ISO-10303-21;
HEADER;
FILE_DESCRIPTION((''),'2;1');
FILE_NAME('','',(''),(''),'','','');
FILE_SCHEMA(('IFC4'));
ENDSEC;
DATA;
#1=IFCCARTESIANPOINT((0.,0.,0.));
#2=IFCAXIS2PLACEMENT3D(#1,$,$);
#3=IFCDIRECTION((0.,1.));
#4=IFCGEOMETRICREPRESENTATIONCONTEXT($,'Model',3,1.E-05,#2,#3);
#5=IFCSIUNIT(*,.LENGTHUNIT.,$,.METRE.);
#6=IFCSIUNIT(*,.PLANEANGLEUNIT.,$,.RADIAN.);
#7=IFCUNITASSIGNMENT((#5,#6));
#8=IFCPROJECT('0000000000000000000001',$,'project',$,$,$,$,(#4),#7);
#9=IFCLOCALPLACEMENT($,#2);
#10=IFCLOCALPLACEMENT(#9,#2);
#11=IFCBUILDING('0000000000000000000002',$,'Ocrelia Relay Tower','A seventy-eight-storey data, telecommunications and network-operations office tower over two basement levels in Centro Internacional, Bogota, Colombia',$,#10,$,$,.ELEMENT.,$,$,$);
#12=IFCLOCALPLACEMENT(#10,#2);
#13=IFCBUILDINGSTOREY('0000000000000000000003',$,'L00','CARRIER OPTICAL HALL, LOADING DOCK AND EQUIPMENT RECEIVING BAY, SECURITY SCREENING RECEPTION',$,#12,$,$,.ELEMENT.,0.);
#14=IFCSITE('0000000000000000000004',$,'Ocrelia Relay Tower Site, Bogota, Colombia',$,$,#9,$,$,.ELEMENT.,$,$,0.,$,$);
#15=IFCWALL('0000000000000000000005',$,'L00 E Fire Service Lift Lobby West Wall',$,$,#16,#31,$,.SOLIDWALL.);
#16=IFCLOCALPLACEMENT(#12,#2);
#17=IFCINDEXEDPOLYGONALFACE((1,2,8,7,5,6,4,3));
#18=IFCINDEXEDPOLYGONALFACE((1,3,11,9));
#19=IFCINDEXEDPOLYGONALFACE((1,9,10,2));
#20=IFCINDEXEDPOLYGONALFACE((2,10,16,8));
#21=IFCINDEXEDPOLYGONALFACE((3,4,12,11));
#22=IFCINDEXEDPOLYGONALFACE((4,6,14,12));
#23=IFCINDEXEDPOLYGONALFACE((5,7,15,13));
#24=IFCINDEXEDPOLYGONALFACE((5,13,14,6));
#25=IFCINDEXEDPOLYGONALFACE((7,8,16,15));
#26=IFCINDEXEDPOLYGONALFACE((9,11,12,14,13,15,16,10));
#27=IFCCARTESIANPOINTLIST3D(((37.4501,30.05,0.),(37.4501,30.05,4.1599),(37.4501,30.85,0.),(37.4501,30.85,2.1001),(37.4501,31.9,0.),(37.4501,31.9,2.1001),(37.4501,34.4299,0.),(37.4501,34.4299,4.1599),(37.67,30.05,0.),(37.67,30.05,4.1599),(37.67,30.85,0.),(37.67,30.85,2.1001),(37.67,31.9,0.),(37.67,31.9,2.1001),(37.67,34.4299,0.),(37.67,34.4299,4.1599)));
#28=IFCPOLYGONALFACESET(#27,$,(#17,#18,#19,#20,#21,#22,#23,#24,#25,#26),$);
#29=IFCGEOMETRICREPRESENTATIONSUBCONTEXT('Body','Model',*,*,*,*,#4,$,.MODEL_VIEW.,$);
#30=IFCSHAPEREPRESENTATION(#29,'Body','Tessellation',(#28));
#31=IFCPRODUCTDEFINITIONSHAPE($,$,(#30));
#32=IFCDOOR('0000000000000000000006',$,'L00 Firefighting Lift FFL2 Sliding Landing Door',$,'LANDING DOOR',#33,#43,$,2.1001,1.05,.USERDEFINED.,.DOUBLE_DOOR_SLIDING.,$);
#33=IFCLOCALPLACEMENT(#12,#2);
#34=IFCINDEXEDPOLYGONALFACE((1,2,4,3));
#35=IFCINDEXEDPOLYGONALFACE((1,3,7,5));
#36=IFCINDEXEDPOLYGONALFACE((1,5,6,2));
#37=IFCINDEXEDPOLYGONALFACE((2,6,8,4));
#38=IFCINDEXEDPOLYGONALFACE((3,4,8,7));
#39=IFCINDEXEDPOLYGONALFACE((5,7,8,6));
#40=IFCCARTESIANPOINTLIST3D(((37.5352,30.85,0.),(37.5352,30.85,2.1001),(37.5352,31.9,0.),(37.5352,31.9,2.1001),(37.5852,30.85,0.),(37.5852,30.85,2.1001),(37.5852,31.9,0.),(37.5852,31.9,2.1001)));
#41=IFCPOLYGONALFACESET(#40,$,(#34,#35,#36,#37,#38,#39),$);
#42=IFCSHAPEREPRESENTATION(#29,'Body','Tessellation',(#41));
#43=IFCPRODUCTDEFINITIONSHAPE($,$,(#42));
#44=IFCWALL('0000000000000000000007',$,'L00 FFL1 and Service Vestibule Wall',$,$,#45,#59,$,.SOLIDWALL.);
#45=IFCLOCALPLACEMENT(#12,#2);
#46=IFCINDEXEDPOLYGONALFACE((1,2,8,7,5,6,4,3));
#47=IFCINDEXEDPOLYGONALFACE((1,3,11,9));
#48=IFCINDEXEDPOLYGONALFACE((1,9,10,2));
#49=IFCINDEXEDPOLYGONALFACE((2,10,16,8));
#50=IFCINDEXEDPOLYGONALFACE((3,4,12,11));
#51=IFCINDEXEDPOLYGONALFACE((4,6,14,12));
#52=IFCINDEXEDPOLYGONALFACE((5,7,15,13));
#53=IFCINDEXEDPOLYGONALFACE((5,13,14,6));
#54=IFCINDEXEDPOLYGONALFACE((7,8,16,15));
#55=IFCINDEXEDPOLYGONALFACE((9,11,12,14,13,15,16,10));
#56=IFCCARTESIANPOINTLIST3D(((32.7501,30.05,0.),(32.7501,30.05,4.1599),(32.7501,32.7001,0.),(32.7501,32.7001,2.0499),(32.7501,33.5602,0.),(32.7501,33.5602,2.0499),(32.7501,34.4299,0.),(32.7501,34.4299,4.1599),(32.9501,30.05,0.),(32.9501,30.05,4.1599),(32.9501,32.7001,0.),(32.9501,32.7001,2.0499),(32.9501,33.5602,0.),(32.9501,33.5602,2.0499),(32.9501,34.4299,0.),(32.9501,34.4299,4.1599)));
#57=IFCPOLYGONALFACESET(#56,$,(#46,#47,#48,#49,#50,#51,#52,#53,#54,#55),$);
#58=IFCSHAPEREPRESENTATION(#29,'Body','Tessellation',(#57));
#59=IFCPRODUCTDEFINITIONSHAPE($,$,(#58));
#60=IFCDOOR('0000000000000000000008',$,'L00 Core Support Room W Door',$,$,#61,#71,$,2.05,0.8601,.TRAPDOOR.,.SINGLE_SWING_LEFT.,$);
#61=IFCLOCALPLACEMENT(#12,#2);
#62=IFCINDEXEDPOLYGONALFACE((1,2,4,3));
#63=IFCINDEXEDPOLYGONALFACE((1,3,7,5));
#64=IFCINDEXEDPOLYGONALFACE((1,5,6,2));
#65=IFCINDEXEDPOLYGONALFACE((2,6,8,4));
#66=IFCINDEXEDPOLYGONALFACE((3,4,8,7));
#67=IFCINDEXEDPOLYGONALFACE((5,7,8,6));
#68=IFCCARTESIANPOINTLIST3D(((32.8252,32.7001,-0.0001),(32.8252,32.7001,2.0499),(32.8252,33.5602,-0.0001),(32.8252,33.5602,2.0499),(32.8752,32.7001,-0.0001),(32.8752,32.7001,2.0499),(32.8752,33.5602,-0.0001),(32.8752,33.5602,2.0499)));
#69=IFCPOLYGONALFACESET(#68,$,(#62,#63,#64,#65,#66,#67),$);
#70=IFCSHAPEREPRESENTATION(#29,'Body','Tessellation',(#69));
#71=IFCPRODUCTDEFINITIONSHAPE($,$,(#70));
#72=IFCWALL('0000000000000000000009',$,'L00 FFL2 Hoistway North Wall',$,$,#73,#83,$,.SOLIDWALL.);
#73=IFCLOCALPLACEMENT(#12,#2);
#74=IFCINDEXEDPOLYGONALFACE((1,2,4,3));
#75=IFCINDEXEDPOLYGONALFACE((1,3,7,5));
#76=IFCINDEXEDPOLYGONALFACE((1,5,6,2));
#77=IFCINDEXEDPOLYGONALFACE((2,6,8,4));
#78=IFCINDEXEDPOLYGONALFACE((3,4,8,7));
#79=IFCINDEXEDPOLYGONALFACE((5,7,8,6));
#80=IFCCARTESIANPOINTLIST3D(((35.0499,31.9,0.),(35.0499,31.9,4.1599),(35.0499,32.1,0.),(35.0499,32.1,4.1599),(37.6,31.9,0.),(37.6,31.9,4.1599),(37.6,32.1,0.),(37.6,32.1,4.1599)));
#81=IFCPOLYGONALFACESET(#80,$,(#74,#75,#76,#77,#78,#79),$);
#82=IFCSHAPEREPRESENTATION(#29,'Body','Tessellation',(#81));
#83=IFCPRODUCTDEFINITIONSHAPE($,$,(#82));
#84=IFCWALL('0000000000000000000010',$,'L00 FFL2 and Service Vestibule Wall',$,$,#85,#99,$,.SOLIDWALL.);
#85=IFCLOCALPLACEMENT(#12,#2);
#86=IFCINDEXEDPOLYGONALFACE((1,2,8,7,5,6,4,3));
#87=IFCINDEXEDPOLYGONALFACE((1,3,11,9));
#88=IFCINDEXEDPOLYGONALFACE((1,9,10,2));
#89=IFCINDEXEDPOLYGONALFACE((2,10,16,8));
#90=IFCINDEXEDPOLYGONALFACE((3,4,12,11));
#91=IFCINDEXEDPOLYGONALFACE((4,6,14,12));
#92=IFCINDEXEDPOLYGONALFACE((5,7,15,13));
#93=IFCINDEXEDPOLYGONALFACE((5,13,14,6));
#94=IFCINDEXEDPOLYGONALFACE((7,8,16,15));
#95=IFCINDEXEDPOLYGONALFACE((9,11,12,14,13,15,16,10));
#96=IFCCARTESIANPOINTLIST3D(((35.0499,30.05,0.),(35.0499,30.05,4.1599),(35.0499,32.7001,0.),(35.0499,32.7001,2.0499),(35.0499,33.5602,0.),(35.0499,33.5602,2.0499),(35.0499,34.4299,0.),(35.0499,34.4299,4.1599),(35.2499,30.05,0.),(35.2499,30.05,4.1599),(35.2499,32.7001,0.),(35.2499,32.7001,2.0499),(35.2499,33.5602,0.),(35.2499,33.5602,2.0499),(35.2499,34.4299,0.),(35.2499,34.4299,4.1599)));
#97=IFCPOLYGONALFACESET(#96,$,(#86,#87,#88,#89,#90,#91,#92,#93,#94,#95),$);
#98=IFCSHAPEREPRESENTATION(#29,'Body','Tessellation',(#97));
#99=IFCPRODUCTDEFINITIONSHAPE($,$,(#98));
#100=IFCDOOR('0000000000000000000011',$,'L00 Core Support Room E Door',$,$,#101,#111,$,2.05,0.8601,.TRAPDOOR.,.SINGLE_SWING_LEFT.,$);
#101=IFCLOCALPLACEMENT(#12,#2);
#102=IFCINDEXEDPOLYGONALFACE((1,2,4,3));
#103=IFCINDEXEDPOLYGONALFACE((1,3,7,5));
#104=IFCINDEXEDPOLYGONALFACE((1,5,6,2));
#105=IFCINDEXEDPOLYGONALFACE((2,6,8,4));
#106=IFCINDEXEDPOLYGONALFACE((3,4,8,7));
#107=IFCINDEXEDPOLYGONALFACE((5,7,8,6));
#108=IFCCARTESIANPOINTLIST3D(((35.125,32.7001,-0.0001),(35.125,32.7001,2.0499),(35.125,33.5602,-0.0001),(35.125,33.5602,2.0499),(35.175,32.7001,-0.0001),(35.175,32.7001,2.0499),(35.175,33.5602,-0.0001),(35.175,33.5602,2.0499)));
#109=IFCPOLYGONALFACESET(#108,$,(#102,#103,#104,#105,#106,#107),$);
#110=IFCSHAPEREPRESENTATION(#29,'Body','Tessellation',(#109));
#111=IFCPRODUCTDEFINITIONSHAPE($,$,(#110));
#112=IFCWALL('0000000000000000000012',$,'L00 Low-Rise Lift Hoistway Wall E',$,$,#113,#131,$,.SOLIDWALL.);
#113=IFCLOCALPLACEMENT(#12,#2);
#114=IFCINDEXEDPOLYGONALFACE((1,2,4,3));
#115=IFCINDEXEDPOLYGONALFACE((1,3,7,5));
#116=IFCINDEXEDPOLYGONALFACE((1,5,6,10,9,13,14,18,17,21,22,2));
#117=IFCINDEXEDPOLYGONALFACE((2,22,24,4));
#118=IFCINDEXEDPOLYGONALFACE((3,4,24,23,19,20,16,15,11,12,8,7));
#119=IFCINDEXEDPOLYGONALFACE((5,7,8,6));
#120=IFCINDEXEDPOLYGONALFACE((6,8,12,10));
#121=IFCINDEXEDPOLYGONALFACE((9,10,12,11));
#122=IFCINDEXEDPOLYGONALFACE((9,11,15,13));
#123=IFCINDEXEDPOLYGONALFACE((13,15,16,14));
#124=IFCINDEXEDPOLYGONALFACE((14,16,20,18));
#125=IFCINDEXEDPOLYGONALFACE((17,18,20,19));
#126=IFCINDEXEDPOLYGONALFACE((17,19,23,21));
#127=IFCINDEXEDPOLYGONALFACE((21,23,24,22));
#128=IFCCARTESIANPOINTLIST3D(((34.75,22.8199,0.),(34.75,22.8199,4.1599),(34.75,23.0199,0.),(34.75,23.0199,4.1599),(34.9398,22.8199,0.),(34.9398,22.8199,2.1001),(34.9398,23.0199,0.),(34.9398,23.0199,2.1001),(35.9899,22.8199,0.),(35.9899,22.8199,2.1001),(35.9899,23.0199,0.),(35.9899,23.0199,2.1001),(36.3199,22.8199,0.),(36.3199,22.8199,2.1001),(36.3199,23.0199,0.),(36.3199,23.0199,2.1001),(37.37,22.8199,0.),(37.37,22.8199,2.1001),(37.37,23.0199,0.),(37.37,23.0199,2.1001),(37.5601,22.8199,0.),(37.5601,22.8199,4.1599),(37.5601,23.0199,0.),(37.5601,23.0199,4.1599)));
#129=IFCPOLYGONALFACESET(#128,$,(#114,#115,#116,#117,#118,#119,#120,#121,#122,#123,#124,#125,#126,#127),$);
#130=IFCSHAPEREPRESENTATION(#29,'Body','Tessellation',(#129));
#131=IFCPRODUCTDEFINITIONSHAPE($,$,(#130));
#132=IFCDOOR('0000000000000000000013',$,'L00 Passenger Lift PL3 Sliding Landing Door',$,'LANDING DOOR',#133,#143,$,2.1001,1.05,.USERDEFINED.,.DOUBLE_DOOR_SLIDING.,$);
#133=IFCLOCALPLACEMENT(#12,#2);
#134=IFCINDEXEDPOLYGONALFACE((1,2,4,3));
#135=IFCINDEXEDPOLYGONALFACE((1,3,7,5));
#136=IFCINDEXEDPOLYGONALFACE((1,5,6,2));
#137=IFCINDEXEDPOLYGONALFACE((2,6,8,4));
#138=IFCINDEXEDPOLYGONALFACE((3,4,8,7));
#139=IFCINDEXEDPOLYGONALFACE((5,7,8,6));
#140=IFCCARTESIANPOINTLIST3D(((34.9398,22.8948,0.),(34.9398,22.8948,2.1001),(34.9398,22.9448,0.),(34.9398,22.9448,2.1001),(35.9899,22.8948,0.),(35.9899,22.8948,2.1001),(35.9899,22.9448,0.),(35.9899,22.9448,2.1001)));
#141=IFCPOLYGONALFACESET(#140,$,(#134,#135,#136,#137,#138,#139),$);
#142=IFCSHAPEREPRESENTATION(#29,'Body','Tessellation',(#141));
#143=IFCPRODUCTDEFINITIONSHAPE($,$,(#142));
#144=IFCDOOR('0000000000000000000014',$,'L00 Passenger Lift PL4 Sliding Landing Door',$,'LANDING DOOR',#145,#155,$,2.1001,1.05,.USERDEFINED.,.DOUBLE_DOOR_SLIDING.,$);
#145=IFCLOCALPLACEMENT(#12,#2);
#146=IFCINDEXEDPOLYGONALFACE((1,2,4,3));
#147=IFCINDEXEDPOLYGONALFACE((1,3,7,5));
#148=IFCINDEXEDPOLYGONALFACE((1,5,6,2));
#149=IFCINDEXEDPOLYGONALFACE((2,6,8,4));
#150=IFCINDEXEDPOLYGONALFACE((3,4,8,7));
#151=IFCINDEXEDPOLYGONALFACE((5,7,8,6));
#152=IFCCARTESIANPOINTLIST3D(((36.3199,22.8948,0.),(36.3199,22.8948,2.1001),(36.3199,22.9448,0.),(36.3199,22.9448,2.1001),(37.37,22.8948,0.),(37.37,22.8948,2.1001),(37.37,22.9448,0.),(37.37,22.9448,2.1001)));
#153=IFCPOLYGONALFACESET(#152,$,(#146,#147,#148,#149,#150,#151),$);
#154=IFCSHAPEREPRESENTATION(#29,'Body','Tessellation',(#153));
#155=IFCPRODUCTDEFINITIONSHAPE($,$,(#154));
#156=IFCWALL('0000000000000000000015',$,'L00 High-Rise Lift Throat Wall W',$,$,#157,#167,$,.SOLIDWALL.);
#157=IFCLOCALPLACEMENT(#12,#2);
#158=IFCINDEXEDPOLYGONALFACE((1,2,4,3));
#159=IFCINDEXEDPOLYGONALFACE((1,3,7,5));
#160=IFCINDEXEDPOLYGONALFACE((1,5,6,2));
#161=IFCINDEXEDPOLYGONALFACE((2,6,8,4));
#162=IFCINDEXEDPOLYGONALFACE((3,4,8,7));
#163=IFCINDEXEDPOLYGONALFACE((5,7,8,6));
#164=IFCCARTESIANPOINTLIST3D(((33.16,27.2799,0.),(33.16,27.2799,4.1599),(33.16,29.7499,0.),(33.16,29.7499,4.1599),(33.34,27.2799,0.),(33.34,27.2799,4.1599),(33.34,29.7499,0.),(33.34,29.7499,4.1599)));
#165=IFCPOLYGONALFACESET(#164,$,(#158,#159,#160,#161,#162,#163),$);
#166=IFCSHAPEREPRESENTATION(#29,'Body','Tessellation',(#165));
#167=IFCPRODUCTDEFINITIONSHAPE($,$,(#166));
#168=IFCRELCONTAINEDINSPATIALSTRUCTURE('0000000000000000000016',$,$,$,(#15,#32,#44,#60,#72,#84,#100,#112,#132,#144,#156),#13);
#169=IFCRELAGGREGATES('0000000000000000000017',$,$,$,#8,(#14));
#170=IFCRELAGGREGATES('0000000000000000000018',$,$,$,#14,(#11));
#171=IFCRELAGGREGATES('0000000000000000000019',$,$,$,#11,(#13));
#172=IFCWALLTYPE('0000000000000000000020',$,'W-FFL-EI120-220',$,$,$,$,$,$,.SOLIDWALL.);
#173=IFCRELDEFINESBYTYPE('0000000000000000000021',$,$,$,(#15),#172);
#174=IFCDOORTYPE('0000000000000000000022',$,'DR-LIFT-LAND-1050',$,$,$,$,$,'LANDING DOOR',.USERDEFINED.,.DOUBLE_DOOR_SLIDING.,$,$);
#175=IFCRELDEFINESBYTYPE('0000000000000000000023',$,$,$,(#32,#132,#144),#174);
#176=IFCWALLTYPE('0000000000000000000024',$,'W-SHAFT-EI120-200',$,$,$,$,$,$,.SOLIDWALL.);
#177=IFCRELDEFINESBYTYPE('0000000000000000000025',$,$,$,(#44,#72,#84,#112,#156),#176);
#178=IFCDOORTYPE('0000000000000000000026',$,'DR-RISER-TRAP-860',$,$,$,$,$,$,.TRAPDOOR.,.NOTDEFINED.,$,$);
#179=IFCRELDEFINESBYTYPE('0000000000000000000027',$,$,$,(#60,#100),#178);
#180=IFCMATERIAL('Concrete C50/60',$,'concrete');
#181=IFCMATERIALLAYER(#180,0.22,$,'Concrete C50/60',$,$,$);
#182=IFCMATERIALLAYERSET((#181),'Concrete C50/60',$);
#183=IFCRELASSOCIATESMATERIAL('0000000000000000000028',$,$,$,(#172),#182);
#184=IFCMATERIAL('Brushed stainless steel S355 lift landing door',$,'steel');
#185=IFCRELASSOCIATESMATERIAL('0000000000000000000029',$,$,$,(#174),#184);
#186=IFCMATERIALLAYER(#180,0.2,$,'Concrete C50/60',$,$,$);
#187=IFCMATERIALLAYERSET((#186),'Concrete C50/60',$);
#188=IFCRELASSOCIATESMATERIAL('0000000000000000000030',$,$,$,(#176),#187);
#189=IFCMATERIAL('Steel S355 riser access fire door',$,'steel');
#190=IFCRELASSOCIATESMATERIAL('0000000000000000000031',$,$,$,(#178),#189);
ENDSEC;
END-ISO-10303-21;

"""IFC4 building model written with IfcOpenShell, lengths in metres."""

from ifc_helpers import new_model, si_unit, direction, frame, frame_2d, origin, place, context, subcontext, project, spatial, rectangle, extrude, material, layer, layer_set, type_object, element, fill, save


model = new_model("IFC4")

# Units and contexts
model_context = context("Model", 3, precision=1e-05, world=origin(), true_north=direction((0.0, 1.0)))
body_context = subcontext(model_context, "Body", "Model", "MODEL_VIEW")
ifc_project = project(units=[si_unit("LENGTHUNIT", "METRE"), si_unit("PLANEANGLEUNIT", "RADIAN")], contexts=[model_context])

# Site, building, storey
site_placement = place(None, origin())
site = spatial("IfcSite", under=ifc_project, at=site_placement, Name="Ocrelia Relay Tower Site, Bogota, Colombia", CompositionType="ELEMENT", RefElevation=0.0)
building_placement = place(site_placement, origin())
building = spatial("IfcBuilding", under=site, at=building_placement, Name="Ocrelia Relay Tower", Description="A seventy-eight-storey data, telecommunications and network-operations office tower over two basement levels in Centro Internacional, Bogota, Colombia", CompositionType="ELEMENT")
storey_placement = place(building_placement, origin())
storey = spatial("IfcBuildingStorey", under=building, at=storey_placement, Name="L00", Description="CARRIER OPTICAL HALL, LOADING DOCK AND EQUIPMENT RECEIVING BAY, SECURITY SCREENING RECEPTION", CompositionType="ELEMENT", Elevation=0.0)

# Walls, openings, doors
ifc_material_1 = material(Name="Concrete C50/60", Category="concrete")
ifc_layer_1 = layer(ifc_material_1, 0.22, Name="Concrete C50/60")
ifc_layer_set_1 = layer_set([ifc_layer_1], Name="Concrete C50/60")
wall_type_1 = type_object("IfcWallType", Name="W-FFL-EI120-220", PredefinedType="SOLIDWALL", material=ifc_layer_set_1)
wall_1_placement = place(storey_placement, frame((37.5601, 30.05, 0.0), z_axis=(0.0, 0.0, 1.0), x_axis=(0.0, 1.0, 0.0)))
wall_1 = element("IfcWall", 1, at=wall_1_placement, inside=storey, type_object=wall_type_1, Name="L00 E Fire Service Lift Lobby West Wall", PredefinedType="SOLIDWALL", context=body_context, shape_type="SweptSolid", body=[
    extrude(rectangle(XDim=4.3799, YDim=0.22, at=frame_2d((2.1899, 0.0))), origin(), (0.0, 0.0, 1.0), 4.1599),
])
opening_1_placement = place(wall_1_placement, frame((0.8, 0.0, 0.0)))
opening_1 = element("IfcOpeningElement", 2, at=opening_1_placement, cuts=wall_1, PredefinedType="OPENING", context=body_context, shape_type="SweptSolid", body=[
    extrude(rectangle(XDim=1.05, YDim=2.1001, at=frame_2d((0.5249, 1.05))), frame((0.0, 0.1201, 0.0), z_axis=(0.0, -1.0, 0.0), x_axis=(1.0, 0.0, 0.0)), (0.0, 0.0, 1.0), 0.24),
])
ifc_material_2 = material(Name="Brushed stainless steel S355 lift landing door", Category="steel")
door_type_1 = type_object("IfcDoorType", Name="DR-LIFT-LAND-1050", ElementType="LANDING DOOR", OperationType="DOUBLE_DOOR_SLIDING", PredefinedType="USERDEFINED", material=ifc_material_2)
door_1_placement = place(opening_1_placement, origin())
door_1 = element("IfcDoor", 3, at=door_1_placement, inside=storey, type_object=door_type_1, Name="L00 Firefighting Lift FFL2 Sliding Landing Door", ObjectType="LANDING DOOR", OperationType="DOUBLE_DOOR_SLIDING", OverallHeight=2.1001, OverallWidth=1.05, PredefinedType="USERDEFINED", context=body_context, shape_type="SweptSolid", body=[
    extrude(rectangle(XDim=1.05, YDim=2.1001, at=frame_2d((0.5249, 1.05))), frame((0.0, 0.0249, 0.0), z_axis=(0.0, -1.0, 0.0), x_axis=(1.0, 0.0, 0.0)), (0.0, 0.0, 1.0), 0.05),
])
fill(opening_1, door_1)
ifc_layer_2 = layer(ifc_material_1, 0.2, Name="Concrete C50/60")
ifc_layer_set_2 = layer_set([ifc_layer_2], Name="Concrete C50/60")
wall_type_2 = type_object("IfcWallType", Name="W-SHAFT-EI120-200", PredefinedType="SOLIDWALL", material=ifc_layer_set_2)
wall_2_placement = place(storey_placement, frame((32.8501, 30.05, 0.0), z_axis=(0.0, 0.0, 1.0), x_axis=(0.0, 1.0, 0.0)))
wall_2 = element("IfcWall", 4, at=wall_2_placement, inside=storey, type_object=wall_type_2, Name="L00 FFL1 and Service Vestibule Wall", PredefinedType="SOLIDWALL", context=body_context, shape_type="SweptSolid", body=[
    extrude(rectangle(XDim=4.3799, YDim=0.2, at=frame_2d((2.1899, 0.0))), origin(), (0.0, 0.0, 1.0), 4.1599),
])
opening_2_placement = place(wall_2_placement, frame((2.6499, 0.0, 0.0)))
opening_2 = element("IfcOpeningElement", 5, at=opening_2_placement, cuts=wall_2, PredefinedType="OPENING", context=body_context, shape_type="SweptSolid", body=[
    extrude(rectangle(XDim=0.8601, YDim=2.05, at=frame_2d((0.4302, 1.0249))), frame((0.0, 0.1099, 0.0), z_axis=(0.0, -1.0, 0.0), x_axis=(1.0, 0.0, 0.0)), (0.0, 0.0, 1.0), 0.22),
])
ifc_material_3 = material(Name="Steel S355 riser access fire door", Category="steel")
door_type_2 = type_object("IfcDoorType", Name="DR-RISER-TRAP-860", OperationType="NOTDEFINED", PredefinedType="TRAPDOOR", material=ifc_material_3)
door_2_placement = place(opening_2_placement, origin())
door_2 = element("IfcDoor", 6, at=door_2_placement, inside=storey, type_object=door_type_2, Name="L00 Core Support Room W Door", OperationType="SINGLE_SWING_LEFT", OverallHeight=2.05, OverallWidth=0.8601, PredefinedType="TRAPDOOR", context=body_context, shape_type="SweptSolid", body=[
    extrude(rectangle(XDim=0.8601, YDim=2.05, at=frame_2d((0.4302, 1.0249))), frame((0.0, 0.0249, 0.0), z_axis=(0.0, -1.0, 0.0), x_axis=(1.0, 0.0, 0.0)), (0.0, 0.0, 1.0), 0.05),
])
fill(opening_2, door_2)

# Wall
wall_3_placement = place(storey_placement, frame((35.05, 32.0, 0.0), z_axis=(0.0, 0.0, 1.0), x_axis=(1.0, 0.0, 0.0)))
element("IfcWall", 7, at=wall_3_placement, inside=storey, type_object=wall_type_2, Name="L00 FFL2 Hoistway North Wall", PredefinedType="SOLIDWALL", context=body_context, shape_type="SweptSolid", body=[
    extrude(rectangle(XDim=2.55, YDim=0.2, at=frame_2d((1.2749, 0.0))), origin(), (0.0, 0.0, 1.0), 4.1599),
])

# Wall, opening, door
wall_4_placement = place(storey_placement, frame((35.1499, 30.05, 0.0), z_axis=(0.0, 0.0, 1.0), x_axis=(0.0, 1.0, 0.0)))
wall_4 = element("IfcWall", 8, at=wall_4_placement, inside=storey, type_object=wall_type_2, Name="L00 FFL2 and Service Vestibule Wall", PredefinedType="SOLIDWALL", context=body_context, shape_type="SweptSolid", body=[
    extrude(rectangle(XDim=4.3799, YDim=0.2, at=frame_2d((2.1899, 0.0))), origin(), (0.0, 0.0, 1.0), 4.1599),
])
opening_3_placement = place(wall_4_placement, frame((2.6499, 0.0, 0.0)))
opening_3 = element("IfcOpeningElement", 9, at=opening_3_placement, cuts=wall_4, PredefinedType="OPENING", context=body_context, shape_type="SweptSolid", body=[
    extrude(rectangle(XDim=0.8601, YDim=2.05, at=frame_2d((0.4302, 1.0249))), frame((0.0, 0.1099, 0.0), z_axis=(0.0, -1.0, 0.0), x_axis=(1.0, 0.0, 0.0)), (0.0, 0.0, 1.0), 0.22),
])
door_3_placement = place(opening_3_placement, origin())
door_3 = element("IfcDoor", 10, at=door_3_placement, inside=storey, type_object=door_type_2, Name="L00 Core Support Room E Door", OperationType="SINGLE_SWING_LEFT", OverallHeight=2.05, OverallWidth=0.8601, PredefinedType="TRAPDOOR", context=body_context, shape_type="SweptSolid", body=[
    extrude(rectangle(XDim=0.8601, YDim=2.05, at=frame_2d((0.4302, 1.0249))), frame((0.0, 0.0249, 0.0), z_axis=(0.0, -1.0, 0.0), x_axis=(1.0, 0.0, 0.0)), (0.0, 0.0, 1.0), 0.05),
])
fill(opening_3, door_3)

# Wall, openings, doors
wall_5_placement = place(storey_placement, frame((34.75, 22.9199, 0.0), z_axis=(0.0, 0.0, 1.0), x_axis=(1.0, 0.0, 0.0)))
wall_5 = element("IfcWall", 11, at=wall_5_placement, inside=storey, type_object=wall_type_2, Name="L00 Low-Rise Lift Hoistway Wall E", PredefinedType="SOLIDWALL", context=body_context, shape_type="SweptSolid", body=[
    extrude(rectangle(XDim=2.8101, YDim=0.2, at=frame_2d((1.405, 0.0))), origin(), (0.0, 0.0, 1.0), 4.1599),
])
opening_4_placement = place(wall_5_placement, frame((0.1899, 0.0, 0.0)))
opening_4 = element("IfcOpeningElement", 12, at=opening_4_placement, cuts=wall_5, PredefinedType="OPENING", context=body_context, shape_type="SweptSolid", body=[
    extrude(rectangle(XDim=1.05, YDim=2.1001, at=frame_2d((0.5249, 1.05))), frame((0.0, 0.1099, 0.0), z_axis=(0.0, -1.0, 0.0), x_axis=(1.0, 0.0, 0.0)), (0.0, 0.0, 1.0), 0.22),
])
opening_5_placement = place(wall_5_placement, frame((1.5701, 0.0, 0.0)))
opening_5 = element("IfcOpeningElement", 13, at=opening_5_placement, cuts=wall_5, PredefinedType="OPENING", context=body_context, shape_type="SweptSolid", body=[
    extrude(rectangle(XDim=1.05, YDim=2.1001, at=frame_2d((0.5249, 1.05))), frame((0.0, 0.1099, 0.0), z_axis=(0.0, -1.0, 0.0), x_axis=(1.0, 0.0, 0.0)), (0.0, 0.0, 1.0), 0.22),
])
door_4_placement = place(opening_4_placement, origin())
door_4 = element("IfcDoor", 14, at=door_4_placement, inside=storey, type_object=door_type_1, Name="L00 Passenger Lift PL3 Sliding Landing Door", ObjectType="LANDING DOOR", OperationType="DOUBLE_DOOR_SLIDING", OverallHeight=2.1001, OverallWidth=1.05, PredefinedType="USERDEFINED", context=body_context, shape_type="SweptSolid", body=[
    extrude(rectangle(XDim=1.05, YDim=2.1001, at=frame_2d((0.5249, 1.05))), frame((0.0, 0.0249, 0.0), z_axis=(0.0, -1.0, 0.0), x_axis=(1.0, 0.0, 0.0)), (0.0, 0.0, 1.0), 0.05),
])
fill(opening_4, door_4)
door_5_placement = place(opening_5_placement, origin())
door_5 = element("IfcDoor", 15, at=door_5_placement, inside=storey, type_object=door_type_1, Name="L00 Passenger Lift PL4 Sliding Landing Door", ObjectType="LANDING DOOR", OperationType="DOUBLE_DOOR_SLIDING", OverallHeight=2.1001, OverallWidth=1.05, PredefinedType="USERDEFINED", context=body_context, shape_type="SweptSolid", body=[
    extrude(rectangle(XDim=1.05, YDim=2.1001, at=frame_2d((0.5249, 1.05))), frame((0.0, 0.0249, 0.0), z_axis=(0.0, -1.0, 0.0), x_axis=(1.0, 0.0, 0.0)), (0.0, 0.0, 1.0), 0.05),
])
fill(opening_5, door_5)

# Wall
wall_6_placement = place(storey_placement, frame((33.25, 27.28, 0.0), z_axis=(0.0, 0.0, 1.0), x_axis=(0.0, 1.0, 0.0)))
element("IfcWall", 16, at=wall_6_placement, inside=storey, type_object=wall_type_2, Name="L00 High-Rise Lift Throat Wall W", PredefinedType="SOLIDWALL", context=body_context, shape_type="SweptSolid", body=[
    extrude(rectangle(XDim=2.47, YDim=0.1799, at=frame_2d((1.2349, 0.0))), origin(), (0.0, 0.0, 1.0), 4.1599),
])

save(model, "model.ifc")
